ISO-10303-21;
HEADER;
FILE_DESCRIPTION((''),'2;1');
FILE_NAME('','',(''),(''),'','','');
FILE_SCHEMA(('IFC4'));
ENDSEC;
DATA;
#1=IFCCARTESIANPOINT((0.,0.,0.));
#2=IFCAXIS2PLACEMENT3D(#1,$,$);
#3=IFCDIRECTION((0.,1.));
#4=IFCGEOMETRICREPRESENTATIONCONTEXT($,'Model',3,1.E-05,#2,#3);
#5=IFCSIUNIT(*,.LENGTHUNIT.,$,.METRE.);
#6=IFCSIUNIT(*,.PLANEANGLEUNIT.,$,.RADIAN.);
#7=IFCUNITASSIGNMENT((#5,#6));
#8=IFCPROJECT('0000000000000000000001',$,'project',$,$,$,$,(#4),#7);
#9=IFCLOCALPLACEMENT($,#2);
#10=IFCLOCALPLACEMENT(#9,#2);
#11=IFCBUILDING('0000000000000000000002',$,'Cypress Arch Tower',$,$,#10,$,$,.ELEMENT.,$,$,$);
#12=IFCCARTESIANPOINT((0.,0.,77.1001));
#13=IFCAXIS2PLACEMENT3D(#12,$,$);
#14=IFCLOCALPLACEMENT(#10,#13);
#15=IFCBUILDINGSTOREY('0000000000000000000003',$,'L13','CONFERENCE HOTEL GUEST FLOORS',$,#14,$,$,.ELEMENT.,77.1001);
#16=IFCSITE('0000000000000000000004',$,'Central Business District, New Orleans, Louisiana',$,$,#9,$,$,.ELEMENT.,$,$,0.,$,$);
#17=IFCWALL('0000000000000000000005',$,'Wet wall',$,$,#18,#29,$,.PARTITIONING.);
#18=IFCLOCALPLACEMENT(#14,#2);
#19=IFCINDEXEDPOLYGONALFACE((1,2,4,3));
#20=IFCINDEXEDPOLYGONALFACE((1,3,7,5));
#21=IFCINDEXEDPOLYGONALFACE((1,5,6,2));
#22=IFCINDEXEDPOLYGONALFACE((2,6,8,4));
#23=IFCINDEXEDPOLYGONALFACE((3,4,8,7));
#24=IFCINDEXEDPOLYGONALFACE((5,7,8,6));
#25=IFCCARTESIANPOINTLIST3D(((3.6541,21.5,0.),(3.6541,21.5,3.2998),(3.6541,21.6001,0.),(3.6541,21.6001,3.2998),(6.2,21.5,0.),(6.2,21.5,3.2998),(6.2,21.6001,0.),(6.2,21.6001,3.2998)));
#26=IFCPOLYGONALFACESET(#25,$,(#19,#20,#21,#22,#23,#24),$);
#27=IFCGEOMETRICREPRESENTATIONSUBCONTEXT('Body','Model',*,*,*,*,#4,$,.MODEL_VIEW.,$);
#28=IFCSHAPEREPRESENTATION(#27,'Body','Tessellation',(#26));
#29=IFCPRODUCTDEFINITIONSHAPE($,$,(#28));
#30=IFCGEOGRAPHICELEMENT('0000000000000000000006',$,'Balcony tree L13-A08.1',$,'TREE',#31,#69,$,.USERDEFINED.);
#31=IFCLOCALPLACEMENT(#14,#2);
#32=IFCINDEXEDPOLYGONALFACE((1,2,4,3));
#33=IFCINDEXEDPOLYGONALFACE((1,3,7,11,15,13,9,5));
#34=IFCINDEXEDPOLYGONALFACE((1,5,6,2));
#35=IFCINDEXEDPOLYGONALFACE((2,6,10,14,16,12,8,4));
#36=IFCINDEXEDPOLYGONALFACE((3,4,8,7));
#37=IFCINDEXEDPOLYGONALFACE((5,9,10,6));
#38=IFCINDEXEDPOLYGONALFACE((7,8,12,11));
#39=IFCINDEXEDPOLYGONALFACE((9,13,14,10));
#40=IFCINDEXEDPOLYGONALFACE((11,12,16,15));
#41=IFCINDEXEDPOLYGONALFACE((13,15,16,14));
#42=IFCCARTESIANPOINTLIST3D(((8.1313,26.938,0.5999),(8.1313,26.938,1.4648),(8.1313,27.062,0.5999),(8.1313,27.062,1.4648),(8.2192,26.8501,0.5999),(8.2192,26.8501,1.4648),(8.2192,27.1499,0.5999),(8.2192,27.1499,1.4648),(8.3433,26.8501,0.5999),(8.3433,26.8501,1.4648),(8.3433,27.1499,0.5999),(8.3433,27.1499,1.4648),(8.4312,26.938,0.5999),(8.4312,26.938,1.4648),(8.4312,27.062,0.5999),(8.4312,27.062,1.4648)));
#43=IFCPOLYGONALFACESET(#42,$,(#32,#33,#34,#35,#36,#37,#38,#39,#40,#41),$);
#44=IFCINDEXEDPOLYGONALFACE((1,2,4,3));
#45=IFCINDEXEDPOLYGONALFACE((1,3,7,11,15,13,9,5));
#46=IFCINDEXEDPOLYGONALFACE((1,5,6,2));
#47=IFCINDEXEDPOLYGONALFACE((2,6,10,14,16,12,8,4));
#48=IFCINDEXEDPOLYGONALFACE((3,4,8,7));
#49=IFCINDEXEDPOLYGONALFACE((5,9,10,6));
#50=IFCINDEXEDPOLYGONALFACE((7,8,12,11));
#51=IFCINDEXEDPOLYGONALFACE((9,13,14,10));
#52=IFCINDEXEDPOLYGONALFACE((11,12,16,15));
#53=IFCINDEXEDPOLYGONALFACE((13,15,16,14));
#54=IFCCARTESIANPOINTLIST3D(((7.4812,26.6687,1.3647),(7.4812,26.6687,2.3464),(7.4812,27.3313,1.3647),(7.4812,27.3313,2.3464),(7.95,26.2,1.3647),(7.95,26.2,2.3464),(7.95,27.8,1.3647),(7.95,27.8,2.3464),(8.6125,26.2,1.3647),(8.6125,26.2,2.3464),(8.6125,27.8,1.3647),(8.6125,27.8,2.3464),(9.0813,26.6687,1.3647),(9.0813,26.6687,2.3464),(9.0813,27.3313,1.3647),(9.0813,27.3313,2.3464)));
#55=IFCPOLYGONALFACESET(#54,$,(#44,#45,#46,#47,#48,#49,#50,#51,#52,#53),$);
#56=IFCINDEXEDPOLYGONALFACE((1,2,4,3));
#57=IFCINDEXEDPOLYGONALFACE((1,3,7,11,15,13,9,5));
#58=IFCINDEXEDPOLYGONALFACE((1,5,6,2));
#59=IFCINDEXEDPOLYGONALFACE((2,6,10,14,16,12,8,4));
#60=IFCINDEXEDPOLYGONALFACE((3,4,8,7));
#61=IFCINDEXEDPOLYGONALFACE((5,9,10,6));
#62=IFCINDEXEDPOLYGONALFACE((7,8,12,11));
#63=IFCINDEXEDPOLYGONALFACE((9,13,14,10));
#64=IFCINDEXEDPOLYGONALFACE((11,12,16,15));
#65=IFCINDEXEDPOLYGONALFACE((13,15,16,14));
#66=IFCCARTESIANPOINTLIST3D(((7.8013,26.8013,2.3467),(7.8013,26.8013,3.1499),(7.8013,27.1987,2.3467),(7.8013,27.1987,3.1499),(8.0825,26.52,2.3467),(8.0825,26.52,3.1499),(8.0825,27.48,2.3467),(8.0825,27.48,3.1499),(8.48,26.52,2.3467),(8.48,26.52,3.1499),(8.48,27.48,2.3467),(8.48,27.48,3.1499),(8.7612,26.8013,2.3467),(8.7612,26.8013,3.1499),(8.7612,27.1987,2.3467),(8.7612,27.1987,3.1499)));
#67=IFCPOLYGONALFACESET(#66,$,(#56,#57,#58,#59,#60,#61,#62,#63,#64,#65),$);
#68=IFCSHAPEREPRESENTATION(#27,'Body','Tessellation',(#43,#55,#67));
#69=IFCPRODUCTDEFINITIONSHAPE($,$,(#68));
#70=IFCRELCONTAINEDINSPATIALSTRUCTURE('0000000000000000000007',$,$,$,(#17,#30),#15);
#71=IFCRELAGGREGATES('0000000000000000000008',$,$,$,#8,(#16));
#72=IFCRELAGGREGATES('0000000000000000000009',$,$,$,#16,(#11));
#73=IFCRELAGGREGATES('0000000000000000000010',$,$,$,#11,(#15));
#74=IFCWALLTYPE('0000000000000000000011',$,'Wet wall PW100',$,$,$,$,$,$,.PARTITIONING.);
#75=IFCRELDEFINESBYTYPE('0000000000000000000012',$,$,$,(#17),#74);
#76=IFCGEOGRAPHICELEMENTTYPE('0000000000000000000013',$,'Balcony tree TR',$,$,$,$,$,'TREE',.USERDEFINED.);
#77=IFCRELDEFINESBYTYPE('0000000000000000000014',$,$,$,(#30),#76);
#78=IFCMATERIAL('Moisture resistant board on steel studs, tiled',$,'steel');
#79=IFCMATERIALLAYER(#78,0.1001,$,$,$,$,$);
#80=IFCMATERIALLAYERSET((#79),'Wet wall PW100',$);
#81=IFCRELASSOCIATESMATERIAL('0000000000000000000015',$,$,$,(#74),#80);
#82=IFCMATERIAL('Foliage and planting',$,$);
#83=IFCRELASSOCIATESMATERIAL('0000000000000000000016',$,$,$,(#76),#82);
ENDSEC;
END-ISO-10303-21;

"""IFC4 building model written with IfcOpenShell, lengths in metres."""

from ifc_helpers import new_model, si_unit, direction, frame, frame_2d, origin, place, context, subcontext, project, spatial, polyline, rectangle, outline, extrude, material, layer, layer_set, type_object, element, save


model = new_model("IFC4")

# Units and contexts
model_context = context("Model", 3, precision=1e-05, world=origin(), true_north=direction((0.0, 1.0)))
body_context = subcontext(model_context, "Body", "Model", "MODEL_VIEW")
ifc_project = project(units=[si_unit("LENGTHUNIT", "METRE"), si_unit("PLANEANGLEUNIT", "RADIAN")], contexts=[model_context])

# Site, building, storey
site_placement = place(None, origin())
site = spatial("IfcSite", under=ifc_project, at=site_placement, Name="Central Business District, New Orleans, Louisiana", CompositionType="ELEMENT", RefElevation=0.0)
building_placement = place(site_placement, origin())
building = spatial("IfcBuilding", under=site, at=building_placement, Name="Cypress Arch Tower", CompositionType="ELEMENT")
storey_placement = place(building_placement, frame((0.0, 0.0, 77.1001)))
storey = spatial("IfcBuildingStorey", under=building, at=storey_placement, Name="L13", Description="CONFERENCE HOTEL GUEST FLOORS", CompositionType="ELEMENT", Elevation=77.1001)

# Shared definitions
ifc_material_1 = material(Name="Moisture resistant board on steel studs, tiled", Category="steel")
ifc_layer_1 = layer(ifc_material_1, 0.1001)
ifc_layer_set_1 = layer_set([ifc_layer_1], Name="Wet wall PW100")
wall_type_1 = type_object("IfcWallType", Name="Wet wall PW100", PredefinedType="PARTITIONING", material=ifc_layer_set_1)

# Wall
for number, where, z_axis, x_axis, name in (
    (1, (3.6541, 21.55, 0.0), (0.0, 0.0, 1.0), (1.0, 0.0, 0.0), "Wet wall"),
):
    element("IfcWall", number, at=place(storey_placement, frame(where, z_axis=z_axis, x_axis=x_axis)), inside=storey, type_object=wall_type_1, Name=name, PredefinedType="PARTITIONING", context=body_context, shape_type="SweptSolid", body=[
        extrude(rectangle(XDim=2.5459, YDim=0.1001, at=frame_2d((1.2729, 0.0))), origin(), (0.0, 0.0, 1.0), 3.2998),
    ])

# Geographic element
ifc_material_2 = material(Name="Foliage and planting")
geographic_element_type = type_object("IfcGeographicElementType", Name="Balcony tree TR", ElementType="TREE", PredefinedType="USERDEFINED", material=ifc_material_2)
geographic_element_placement = place(storey_placement, frame((8.2812, 27.0, 0.5999), z_axis=(0.0, 0.0, 1.0), x_axis=(1.0, 0.0, 0.0)))
element("IfcGeographicElement", 2, at=geographic_element_placement, inside=storey, type_object=geographic_element_type, Name="Balcony tree L13-A08.1", ObjectType="TREE", PredefinedType="USERDEFINED", context=body_context, shape_type="SweptSolid", body=[
    extrude(outline(polyline([(0.1499, 0.062), (0.062, 0.1499), (-0.062, 0.1499), (-0.1499, 0.062), (-0.1499, -0.062), (-0.062, -0.1499), (0.062, -0.1499), (0.1499, -0.062), (0.1499, 0.062)])), origin(), (0.0, 0.0, 1.0), 0.865),
    extrude(outline(polyline([(0.8, 0.3313), (0.3313, 0.8), (-0.3313, 0.8), (-0.8, 0.3313), (-0.8, -0.3313), (-0.3313, -0.8), (0.3313, -0.8), (0.8, -0.3313), (0.8, 0.3313)])), frame((0.0, 0.0, 0.7649)), (0.0, 0.0, 1.0), 0.9817),
    extrude(outline(polyline([(0.48, 0.1987), (0.1987, 0.48), (-0.1987, 0.48), (-0.48, 0.1987), (-0.48, -0.1987), (-0.1987, -0.48), (0.1987, -0.48), (0.48, -0.1987), (0.48, 0.1987)])), frame((0.0, 0.0, 1.7468)), (0.0, 0.0, 1.0), 0.8032),
])

save(model, "model.ifc")
